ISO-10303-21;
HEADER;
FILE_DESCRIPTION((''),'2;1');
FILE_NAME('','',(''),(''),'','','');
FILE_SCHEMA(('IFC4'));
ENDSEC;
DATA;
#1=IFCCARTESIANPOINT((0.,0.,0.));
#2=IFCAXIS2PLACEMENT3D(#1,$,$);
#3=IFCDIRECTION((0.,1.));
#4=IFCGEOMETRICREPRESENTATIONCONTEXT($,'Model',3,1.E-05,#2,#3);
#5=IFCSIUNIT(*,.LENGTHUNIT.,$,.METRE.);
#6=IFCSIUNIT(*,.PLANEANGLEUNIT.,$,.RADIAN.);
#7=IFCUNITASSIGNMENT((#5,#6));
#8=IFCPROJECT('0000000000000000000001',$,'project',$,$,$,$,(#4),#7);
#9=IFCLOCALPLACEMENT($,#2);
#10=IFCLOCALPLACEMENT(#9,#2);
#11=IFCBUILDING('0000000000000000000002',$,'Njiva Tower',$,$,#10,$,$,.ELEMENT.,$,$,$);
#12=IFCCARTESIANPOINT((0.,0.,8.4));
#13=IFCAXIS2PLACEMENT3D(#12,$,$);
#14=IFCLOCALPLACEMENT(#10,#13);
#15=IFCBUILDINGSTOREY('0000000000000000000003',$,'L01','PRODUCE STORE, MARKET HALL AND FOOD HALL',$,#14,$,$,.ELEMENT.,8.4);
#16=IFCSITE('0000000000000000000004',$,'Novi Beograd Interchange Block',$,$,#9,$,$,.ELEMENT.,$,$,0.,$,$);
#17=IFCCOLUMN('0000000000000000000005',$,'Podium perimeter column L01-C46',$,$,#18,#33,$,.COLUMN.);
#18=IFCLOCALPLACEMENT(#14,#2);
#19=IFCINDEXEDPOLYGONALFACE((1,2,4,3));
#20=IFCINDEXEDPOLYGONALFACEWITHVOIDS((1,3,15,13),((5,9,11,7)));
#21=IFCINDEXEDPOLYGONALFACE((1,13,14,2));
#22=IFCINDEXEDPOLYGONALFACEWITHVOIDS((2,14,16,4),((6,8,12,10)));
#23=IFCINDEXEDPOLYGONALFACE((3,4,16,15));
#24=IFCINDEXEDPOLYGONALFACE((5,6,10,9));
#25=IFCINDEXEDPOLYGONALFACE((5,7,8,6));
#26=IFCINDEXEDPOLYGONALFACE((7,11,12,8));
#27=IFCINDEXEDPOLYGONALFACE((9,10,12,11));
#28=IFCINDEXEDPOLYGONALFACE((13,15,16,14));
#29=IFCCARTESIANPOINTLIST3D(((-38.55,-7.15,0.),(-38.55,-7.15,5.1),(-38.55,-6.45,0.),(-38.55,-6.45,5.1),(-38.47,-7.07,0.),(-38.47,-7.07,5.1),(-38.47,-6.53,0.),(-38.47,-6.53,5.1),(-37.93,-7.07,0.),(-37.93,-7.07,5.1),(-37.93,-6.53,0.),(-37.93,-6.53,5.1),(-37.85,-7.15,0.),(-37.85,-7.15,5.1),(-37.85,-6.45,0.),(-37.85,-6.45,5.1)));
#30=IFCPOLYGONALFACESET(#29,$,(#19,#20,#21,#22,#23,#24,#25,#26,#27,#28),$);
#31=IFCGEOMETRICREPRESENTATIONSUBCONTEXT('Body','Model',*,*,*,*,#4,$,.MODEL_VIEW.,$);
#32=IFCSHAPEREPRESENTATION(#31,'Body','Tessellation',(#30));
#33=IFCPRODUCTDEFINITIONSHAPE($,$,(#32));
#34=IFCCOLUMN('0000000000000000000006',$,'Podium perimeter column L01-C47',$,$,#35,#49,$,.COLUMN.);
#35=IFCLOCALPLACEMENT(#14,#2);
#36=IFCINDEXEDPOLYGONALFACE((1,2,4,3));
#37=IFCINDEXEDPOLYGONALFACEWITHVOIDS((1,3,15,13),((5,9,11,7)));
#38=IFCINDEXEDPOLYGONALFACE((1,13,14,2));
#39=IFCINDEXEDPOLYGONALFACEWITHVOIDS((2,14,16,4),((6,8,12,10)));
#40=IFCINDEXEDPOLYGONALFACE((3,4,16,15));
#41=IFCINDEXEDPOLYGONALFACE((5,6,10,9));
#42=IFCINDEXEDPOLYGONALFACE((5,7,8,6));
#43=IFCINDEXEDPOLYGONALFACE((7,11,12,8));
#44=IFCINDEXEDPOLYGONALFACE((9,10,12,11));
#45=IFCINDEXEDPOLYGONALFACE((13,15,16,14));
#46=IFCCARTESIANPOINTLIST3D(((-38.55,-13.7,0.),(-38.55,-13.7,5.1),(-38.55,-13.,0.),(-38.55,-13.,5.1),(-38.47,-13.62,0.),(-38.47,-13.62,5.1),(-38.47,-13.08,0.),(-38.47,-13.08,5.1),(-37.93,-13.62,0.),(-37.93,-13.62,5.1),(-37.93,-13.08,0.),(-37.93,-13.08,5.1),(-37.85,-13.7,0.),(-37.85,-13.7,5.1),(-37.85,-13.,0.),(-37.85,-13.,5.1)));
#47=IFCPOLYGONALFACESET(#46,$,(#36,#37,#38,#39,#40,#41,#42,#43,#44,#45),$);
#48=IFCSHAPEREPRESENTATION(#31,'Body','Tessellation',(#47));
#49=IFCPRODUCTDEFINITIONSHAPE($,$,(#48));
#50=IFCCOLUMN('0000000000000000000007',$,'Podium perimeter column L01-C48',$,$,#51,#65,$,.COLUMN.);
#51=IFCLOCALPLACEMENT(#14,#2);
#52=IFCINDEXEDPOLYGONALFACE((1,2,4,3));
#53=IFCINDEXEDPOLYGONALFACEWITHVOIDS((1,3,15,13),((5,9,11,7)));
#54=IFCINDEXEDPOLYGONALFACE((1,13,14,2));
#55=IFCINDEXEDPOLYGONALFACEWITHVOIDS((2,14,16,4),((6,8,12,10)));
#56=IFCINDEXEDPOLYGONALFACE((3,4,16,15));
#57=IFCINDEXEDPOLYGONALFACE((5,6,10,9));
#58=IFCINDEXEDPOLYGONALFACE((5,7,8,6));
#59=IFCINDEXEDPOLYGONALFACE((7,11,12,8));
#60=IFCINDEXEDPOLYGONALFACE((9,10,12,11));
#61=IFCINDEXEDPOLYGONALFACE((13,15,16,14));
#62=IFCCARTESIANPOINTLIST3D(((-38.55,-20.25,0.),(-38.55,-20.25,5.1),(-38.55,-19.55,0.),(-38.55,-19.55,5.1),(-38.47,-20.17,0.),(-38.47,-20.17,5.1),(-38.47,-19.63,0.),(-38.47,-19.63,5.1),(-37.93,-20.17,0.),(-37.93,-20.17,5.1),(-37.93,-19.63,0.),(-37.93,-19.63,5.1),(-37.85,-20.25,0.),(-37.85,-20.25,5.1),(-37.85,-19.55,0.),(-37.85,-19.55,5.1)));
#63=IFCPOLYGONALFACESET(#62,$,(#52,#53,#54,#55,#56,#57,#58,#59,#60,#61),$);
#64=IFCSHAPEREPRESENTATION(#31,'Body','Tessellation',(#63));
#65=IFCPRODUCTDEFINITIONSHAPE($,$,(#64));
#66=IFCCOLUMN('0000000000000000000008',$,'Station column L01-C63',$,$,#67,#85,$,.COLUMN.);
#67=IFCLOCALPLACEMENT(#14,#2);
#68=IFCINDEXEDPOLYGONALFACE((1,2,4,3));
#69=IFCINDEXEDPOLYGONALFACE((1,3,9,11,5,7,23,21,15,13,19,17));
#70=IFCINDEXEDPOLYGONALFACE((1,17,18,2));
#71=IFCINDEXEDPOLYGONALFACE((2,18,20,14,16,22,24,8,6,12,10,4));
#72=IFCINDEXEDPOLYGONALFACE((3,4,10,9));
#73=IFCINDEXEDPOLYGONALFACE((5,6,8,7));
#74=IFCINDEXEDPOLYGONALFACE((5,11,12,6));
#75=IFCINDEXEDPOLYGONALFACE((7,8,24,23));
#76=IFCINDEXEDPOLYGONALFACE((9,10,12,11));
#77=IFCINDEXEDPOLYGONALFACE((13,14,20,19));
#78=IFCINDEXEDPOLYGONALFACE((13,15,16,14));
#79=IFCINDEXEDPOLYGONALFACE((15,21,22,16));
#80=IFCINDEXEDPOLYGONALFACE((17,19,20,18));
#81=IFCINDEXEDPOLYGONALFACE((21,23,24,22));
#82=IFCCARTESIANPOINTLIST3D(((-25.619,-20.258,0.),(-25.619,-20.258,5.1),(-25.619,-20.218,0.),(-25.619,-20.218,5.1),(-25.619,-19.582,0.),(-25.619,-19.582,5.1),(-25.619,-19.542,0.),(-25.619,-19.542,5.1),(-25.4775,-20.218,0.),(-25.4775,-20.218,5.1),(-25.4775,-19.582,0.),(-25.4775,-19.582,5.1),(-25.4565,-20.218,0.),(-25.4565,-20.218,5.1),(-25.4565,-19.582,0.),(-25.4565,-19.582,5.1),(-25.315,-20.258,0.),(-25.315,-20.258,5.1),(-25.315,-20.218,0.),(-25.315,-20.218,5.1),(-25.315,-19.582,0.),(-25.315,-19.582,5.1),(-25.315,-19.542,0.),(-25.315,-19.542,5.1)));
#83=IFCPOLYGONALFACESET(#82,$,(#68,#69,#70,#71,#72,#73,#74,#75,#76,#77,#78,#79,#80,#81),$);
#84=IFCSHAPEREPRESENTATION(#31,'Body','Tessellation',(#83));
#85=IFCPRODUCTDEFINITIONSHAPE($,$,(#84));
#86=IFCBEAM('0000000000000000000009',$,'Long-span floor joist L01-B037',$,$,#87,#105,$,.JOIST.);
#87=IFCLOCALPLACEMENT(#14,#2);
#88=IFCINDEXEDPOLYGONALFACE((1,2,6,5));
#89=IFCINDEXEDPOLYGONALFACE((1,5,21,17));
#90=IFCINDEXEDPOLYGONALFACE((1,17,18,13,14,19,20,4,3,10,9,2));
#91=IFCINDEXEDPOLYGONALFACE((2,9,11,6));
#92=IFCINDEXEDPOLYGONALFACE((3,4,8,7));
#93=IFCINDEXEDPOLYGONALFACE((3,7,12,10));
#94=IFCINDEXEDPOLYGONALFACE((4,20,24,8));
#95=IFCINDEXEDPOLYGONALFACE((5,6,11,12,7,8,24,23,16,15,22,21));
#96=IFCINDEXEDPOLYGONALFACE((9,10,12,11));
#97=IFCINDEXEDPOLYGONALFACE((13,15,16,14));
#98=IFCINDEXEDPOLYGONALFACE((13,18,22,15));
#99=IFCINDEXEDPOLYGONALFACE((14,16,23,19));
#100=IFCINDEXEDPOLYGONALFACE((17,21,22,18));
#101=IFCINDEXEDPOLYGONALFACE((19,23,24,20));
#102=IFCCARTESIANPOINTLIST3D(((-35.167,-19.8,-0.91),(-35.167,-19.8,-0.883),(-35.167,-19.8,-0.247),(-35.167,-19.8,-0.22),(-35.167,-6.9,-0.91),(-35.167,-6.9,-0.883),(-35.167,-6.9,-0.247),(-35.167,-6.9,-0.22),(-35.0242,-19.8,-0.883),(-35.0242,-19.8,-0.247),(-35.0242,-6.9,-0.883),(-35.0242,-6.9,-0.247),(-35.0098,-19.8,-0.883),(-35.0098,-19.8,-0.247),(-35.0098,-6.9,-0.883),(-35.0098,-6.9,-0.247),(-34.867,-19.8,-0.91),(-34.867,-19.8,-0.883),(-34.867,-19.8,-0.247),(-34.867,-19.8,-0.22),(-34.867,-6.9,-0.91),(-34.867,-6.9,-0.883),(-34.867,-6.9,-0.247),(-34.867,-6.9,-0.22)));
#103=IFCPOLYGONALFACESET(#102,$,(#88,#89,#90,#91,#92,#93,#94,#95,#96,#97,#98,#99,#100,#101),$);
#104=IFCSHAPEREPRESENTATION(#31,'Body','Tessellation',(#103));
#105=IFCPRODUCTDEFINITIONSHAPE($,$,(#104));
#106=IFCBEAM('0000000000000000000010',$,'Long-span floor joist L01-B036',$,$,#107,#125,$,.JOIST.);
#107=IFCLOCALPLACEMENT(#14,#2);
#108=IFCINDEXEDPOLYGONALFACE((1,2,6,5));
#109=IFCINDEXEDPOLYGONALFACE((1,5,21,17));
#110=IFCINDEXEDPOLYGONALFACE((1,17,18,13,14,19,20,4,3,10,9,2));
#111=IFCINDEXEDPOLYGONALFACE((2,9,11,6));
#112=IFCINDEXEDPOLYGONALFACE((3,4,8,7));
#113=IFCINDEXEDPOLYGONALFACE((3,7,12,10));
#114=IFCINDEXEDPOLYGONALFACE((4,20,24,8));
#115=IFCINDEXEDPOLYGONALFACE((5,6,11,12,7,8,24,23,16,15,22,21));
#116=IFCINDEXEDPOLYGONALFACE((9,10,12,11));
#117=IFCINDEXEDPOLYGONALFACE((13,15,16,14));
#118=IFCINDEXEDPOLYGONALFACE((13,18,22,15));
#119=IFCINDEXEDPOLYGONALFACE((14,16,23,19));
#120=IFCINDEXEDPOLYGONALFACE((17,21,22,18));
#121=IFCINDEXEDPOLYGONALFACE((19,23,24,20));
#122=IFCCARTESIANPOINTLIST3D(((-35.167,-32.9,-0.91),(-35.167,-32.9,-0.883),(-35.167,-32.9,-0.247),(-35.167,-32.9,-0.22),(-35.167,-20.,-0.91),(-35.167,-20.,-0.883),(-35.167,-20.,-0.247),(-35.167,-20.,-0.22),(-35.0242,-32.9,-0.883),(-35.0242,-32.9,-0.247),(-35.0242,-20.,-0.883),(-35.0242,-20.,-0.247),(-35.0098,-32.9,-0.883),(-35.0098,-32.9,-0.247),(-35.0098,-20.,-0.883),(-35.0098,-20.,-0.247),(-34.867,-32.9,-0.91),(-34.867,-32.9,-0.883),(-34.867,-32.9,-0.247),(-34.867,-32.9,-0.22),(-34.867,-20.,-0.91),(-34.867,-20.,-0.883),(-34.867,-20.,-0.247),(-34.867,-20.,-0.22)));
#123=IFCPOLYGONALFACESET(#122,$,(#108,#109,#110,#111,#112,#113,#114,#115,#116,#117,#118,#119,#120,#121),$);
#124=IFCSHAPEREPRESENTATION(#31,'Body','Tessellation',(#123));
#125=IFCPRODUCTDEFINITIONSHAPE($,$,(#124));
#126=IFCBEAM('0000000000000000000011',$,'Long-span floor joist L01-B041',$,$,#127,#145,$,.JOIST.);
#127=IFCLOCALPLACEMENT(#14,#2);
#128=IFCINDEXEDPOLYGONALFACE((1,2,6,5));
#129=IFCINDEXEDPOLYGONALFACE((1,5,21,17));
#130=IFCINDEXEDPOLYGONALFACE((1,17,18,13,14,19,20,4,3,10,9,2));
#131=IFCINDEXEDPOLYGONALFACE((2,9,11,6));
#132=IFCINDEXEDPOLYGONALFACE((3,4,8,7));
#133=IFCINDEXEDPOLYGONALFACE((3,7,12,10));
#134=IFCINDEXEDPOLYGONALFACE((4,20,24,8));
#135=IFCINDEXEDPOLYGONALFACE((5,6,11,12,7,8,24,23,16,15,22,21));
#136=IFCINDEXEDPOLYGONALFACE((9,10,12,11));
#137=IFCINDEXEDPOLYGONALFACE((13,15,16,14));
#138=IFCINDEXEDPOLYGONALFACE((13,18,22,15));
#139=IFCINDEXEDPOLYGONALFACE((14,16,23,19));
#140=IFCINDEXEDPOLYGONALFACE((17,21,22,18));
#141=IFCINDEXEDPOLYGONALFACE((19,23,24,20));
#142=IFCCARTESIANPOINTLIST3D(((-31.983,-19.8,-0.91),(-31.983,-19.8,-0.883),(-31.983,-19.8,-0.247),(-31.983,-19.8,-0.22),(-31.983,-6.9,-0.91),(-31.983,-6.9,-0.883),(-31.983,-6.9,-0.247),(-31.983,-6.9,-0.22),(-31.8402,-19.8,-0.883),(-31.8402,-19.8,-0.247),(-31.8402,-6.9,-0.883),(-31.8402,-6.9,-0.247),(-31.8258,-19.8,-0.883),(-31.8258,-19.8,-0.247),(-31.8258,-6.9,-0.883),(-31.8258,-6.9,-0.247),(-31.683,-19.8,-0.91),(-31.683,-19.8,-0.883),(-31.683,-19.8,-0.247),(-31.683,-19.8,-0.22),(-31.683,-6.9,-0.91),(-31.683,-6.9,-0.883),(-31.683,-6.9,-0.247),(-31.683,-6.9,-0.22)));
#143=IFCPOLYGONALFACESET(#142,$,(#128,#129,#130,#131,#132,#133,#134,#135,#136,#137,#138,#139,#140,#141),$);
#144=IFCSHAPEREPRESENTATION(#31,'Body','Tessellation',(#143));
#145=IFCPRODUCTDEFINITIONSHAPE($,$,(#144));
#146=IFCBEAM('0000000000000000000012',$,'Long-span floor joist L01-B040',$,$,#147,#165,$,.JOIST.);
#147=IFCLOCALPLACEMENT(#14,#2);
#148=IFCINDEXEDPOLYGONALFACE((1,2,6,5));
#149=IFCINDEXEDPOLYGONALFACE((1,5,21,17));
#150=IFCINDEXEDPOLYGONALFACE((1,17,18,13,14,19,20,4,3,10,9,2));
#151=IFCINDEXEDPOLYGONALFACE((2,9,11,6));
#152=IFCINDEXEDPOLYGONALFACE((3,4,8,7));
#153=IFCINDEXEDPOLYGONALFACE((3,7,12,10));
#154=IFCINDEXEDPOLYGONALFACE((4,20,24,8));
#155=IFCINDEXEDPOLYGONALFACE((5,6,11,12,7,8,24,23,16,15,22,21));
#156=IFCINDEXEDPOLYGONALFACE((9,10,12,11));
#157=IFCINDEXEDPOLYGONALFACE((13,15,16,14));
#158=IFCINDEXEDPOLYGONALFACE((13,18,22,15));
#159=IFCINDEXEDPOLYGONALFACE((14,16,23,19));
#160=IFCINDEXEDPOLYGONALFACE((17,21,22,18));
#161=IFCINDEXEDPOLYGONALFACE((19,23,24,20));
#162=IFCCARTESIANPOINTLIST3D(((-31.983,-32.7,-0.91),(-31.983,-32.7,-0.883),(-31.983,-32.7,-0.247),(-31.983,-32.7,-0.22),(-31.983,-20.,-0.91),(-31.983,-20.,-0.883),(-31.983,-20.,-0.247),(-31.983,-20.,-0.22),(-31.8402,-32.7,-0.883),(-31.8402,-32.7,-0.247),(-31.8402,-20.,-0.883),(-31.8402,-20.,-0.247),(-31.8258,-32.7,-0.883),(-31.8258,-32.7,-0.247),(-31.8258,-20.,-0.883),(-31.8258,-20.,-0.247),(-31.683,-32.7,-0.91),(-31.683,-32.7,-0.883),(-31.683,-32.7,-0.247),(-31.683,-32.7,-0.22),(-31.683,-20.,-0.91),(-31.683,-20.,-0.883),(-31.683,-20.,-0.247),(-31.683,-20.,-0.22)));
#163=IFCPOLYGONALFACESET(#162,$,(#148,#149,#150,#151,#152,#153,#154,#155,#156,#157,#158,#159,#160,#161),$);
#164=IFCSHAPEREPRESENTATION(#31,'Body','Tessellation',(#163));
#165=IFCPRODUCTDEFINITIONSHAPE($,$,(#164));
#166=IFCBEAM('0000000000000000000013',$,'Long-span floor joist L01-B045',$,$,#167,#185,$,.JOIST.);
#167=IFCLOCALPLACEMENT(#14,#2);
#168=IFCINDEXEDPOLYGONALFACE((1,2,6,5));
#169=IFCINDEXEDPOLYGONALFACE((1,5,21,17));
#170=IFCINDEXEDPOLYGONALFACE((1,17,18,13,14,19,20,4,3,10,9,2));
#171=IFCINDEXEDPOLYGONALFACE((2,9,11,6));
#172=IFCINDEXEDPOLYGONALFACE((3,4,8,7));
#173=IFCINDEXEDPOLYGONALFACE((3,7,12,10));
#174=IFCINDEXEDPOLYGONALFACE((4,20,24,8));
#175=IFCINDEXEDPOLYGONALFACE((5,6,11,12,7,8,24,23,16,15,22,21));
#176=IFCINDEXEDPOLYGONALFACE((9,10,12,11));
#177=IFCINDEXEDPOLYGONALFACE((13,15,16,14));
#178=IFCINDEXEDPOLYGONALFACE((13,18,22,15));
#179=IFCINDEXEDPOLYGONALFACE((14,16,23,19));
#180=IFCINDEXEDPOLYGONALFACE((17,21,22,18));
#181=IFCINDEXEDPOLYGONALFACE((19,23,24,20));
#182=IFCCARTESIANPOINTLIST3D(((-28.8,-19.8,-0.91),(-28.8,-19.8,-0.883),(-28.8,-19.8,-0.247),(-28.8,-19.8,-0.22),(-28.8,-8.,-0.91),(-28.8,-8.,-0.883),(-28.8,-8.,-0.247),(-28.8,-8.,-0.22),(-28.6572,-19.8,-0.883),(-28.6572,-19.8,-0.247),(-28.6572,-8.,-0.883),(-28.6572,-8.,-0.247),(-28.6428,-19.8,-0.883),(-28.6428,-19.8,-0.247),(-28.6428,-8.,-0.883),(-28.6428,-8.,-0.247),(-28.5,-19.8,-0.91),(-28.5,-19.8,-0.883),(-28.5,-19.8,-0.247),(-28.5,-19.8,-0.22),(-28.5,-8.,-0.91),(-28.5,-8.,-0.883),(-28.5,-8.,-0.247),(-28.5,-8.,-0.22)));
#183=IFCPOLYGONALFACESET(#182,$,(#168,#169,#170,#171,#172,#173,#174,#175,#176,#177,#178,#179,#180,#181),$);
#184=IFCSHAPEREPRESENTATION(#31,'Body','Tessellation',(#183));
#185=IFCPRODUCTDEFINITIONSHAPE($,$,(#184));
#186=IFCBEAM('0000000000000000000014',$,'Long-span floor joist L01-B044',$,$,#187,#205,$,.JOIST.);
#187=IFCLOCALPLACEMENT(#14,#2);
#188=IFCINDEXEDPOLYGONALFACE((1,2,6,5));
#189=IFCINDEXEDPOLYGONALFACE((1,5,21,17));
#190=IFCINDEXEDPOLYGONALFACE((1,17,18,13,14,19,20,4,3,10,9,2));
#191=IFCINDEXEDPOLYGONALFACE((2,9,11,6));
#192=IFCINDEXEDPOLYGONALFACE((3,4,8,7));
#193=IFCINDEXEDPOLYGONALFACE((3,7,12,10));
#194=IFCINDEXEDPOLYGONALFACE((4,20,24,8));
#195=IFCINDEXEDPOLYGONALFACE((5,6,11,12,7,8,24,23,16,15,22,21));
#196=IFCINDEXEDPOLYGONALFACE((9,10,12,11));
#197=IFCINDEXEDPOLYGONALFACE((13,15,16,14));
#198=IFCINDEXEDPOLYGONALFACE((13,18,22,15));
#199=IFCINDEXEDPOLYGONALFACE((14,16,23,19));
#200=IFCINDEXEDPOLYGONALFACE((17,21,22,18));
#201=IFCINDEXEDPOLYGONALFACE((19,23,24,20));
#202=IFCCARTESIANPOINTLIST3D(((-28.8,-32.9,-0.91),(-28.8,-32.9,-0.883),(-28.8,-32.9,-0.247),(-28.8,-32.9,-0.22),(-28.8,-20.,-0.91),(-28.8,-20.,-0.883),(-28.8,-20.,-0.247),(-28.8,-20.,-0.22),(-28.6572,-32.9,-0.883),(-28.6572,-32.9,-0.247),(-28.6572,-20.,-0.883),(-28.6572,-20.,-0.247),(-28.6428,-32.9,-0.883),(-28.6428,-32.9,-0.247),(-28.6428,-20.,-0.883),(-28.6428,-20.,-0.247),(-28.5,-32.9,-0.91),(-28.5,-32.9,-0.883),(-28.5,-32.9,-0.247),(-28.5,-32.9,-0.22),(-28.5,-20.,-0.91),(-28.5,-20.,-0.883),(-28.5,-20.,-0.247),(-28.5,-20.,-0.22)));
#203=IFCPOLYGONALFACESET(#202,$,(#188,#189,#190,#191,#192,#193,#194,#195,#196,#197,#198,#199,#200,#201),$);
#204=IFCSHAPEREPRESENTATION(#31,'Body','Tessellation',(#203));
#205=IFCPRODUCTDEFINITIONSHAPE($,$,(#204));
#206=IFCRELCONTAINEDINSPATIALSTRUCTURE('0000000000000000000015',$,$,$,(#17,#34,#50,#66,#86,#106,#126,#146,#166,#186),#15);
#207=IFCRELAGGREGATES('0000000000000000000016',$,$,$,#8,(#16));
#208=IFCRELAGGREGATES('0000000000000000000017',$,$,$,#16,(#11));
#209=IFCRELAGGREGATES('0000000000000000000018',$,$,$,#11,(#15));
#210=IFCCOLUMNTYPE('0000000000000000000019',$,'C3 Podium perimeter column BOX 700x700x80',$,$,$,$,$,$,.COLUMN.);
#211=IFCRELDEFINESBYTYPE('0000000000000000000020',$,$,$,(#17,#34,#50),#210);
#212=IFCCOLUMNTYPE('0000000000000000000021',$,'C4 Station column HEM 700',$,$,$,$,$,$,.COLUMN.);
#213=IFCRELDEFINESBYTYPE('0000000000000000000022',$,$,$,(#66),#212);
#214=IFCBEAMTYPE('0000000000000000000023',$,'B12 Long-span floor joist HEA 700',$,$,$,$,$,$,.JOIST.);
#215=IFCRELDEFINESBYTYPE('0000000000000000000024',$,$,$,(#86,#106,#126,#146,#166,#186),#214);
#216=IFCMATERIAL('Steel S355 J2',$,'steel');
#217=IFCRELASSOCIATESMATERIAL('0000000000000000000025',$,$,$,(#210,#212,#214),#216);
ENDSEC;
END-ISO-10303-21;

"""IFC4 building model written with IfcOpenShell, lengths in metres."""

from ifc_helpers import new_model, si_unit, direction, frame, origin, origin_2d, place, context, subcontext, project, spatial, hollow_rectangle, i_section, extrude, material, material_profile, profile_set, type_object, element, save


model = new_model("IFC4")

# Units and contexts
model_context = context("Model", 3, precision=1e-05, world=origin(), true_north=direction((0.0, 1.0)))
body_context = subcontext(model_context, "Body", "Model", "MODEL_VIEW")
ifc_project = project(units=[si_unit("LENGTHUNIT", "METRE"), si_unit("PLANEANGLEUNIT", "RADIAN")], contexts=[model_context])

# Site, building, storey
site_placement = place(None, origin())
site = spatial("IfcSite", under=ifc_project, at=site_placement, Name="Novi Beograd Interchange Block", CompositionType="ELEMENT", RefElevation=0.0)
building_placement = place(site_placement, origin())
building = spatial("IfcBuilding", under=site, at=building_placement, Name="Njiva Tower", CompositionType="ELEMENT")
storey_placement = place(building_placement, frame((0.0, 0.0, 8.4)))
storey = spatial("IfcBuildingStorey", under=building, at=storey_placement, Name="L01", Description="PRODUCE STORE, MARKET HALL AND FOOD HALL", CompositionType="ELEMENT", Elevation=8.4)

# Columns
ifc_material_1 = material(Name="Steel S355 J2", Category="steel")
ifc_material_profile_1 = material_profile(ifc_material_1, hollow_rectangle(XDim=0.7, YDim=0.7, WallThickness=0.08, at=origin_2d()), Name="BOX 700x700x80")
ifc_profile_set_1 = profile_set([ifc_material_profile_1], Name="Steel S355 J2")
column_type_1 = type_object("IfcColumnType", Name="C3 Podium perimeter column BOX 700x700x80", PredefinedType="COLUMN", material=ifc_profile_set_1)
for number, where, z_axis, x_axis, name in (
    (1, (-38.2, -6.8, 0.0), (0.0, 0.0, 1.0), (0.0, -1.0, 0.0), "Podium perimeter column L01-C46"),
    (2, (-38.2, -13.35, 0.0), (0.0, 0.0, 1.0), (0.0, -1.0, 0.0), "Podium perimeter column L01-C47"),
    (3, (-38.2, -19.9, 0.0), (0.0, 0.0, 1.0), (0.0, -1.0, 0.0), "Podium perimeter column L01-C48"),
):
    element("IfcColumn", number, at=place(storey_placement, frame(where, z_axis=z_axis, x_axis=x_axis)), inside=storey, type_object=column_type_1, Name=name, PredefinedType="COLUMN", context=body_context, shape_type="SweptSolid", body=[
        extrude(hollow_rectangle(XDim=0.7, YDim=0.7, WallThickness=0.08, at=origin_2d()), origin(), (0.0, 0.0, 1.0), 5.1),
    ])
ifc_material_profile_2 = material_profile(ifc_material_1, i_section(OverallWidth=0.304, OverallDepth=0.716, WebThickness=0.021, FlangeThickness=0.04, at=origin_2d()), Name="HEM 700")
ifc_profile_set_2 = profile_set([ifc_material_profile_2], Name="Steel S355 J2")
column_type_2 = type_object("IfcColumnType", Name="C4 Station column HEM 700", PredefinedType="COLUMN", material=ifc_profile_set_2)
column_placement = place(storey_placement, frame((-25.467, -19.9, 0.0), z_axis=(0.0, 0.0, 1.0), x_axis=(1.0, 0.0, 0.0)))
element("IfcColumn", 4, at=column_placement, inside=storey, type_object=column_type_2, Name="Station column L01-C63", PredefinedType="COLUMN", context=body_context, shape_type="SweptSolid", body=[
    extrude(i_section(OverallWidth=0.304, OverallDepth=0.716, WebThickness=0.021, FlangeThickness=0.04, at=origin_2d()), origin(), (0.0, 0.0, 1.0), 5.1),
])

# Beams
ifc_material_profile_3 = material_profile(ifc_material_1, i_section(OverallWidth=0.3, OverallDepth=0.69, WebThickness=0.0145, FlangeThickness=0.027, at=origin_2d()), Name="HEA 700")
ifc_profile_set_3 = profile_set([ifc_material_profile_3], Name="Steel S355 J2")
beam_type_1 = type_object("IfcBeamType", Name="B12 Long-span floor joist HEA 700", PredefinedType="JOIST", material=ifc_profile_set_3)
for number, where, z_axis, x_axis, name in (
    (5, (-35.017, -6.9, -0.565), (0.0, -1.0, 0.0), (1.0, 0.0, 0.0), "Long-span floor joist L01-B037"),
    (6, (-35.017, -20.0, -0.565), (0.0, -1.0, 0.0), (1.0, 0.0, 0.0), "Long-span floor joist L01-B036"),
    (7, (-31.833, -6.9, -0.565), (0.0, -1.0, 0.0), (1.0, 0.0, 0.0), "Long-span floor joist L01-B041"),
):
    element("IfcBeam", number, at=place(storey_placement, frame(where, z_axis=z_axis, x_axis=x_axis)), inside=storey, type_object=beam_type_1, Name=name, PredefinedType="JOIST", context=body_context, shape_type="SweptSolid", body=[
        extrude(i_section(OverallWidth=0.3, OverallDepth=0.69, WebThickness=0.0145, FlangeThickness=0.027, at=origin_2d()), origin(), (0.0, 0.0, 1.0), 12.9),
    ])
beam_1_placement = place(storey_placement, frame((-31.833, -20.0, -0.565), z_axis=(0.0, -1.0, 0.0), x_axis=(1.0, 0.0, 0.0)))
element("IfcBeam", 8, at=beam_1_placement, inside=storey, type_object=beam_type_1, Name="Long-span floor joist L01-B040", PredefinedType="JOIST", context=body_context, shape_type="SweptSolid", body=[
    extrude(i_section(OverallWidth=0.3, OverallDepth=0.69, WebThickness=0.0145, FlangeThickness=0.027, at=origin_2d()), origin(), (0.0, 0.0, 1.0), 12.7),
])
beam_2_placement = place(storey_placement, frame((-28.65, -8.0, -0.565), z_axis=(0.0, -1.0, 0.0), x_axis=(1.0, 0.0, 0.0)))
element("IfcBeam", 9, at=beam_2_placement, inside=storey, type_object=beam_type_1, Name="Long-span floor joist L01-B045", PredefinedType="JOIST", context=body_context, shape_type="SweptSolid", body=[
    extrude(i_section(OverallWidth=0.3, OverallDepth=0.69, WebThickness=0.0145, FlangeThickness=0.027, at=origin_2d()), origin(), (0.0, 0.0, 1.0), 11.8),
])
beam_3_placement = place(storey_placement, frame((-28.65, -20.0, -0.565), z_axis=(0.0, -1.0, 0.0), x_axis=(1.0, 0.0, 0.0)))
element("IfcBeam", 10, at=beam_3_placement, inside=storey, type_object=beam_type_1, Name="Long-span floor joist L01-B044", PredefinedType="JOIST", context=body_context, shape_type="SweptSolid", body=[
    extrude(i_section(OverallWidth=0.3, OverallDepth=0.69, WebThickness=0.0145, FlangeThickness=0.027, at=origin_2d()), origin(), (0.0, 0.0, 1.0), 12.9),
])

save(model, "model.ifc")
